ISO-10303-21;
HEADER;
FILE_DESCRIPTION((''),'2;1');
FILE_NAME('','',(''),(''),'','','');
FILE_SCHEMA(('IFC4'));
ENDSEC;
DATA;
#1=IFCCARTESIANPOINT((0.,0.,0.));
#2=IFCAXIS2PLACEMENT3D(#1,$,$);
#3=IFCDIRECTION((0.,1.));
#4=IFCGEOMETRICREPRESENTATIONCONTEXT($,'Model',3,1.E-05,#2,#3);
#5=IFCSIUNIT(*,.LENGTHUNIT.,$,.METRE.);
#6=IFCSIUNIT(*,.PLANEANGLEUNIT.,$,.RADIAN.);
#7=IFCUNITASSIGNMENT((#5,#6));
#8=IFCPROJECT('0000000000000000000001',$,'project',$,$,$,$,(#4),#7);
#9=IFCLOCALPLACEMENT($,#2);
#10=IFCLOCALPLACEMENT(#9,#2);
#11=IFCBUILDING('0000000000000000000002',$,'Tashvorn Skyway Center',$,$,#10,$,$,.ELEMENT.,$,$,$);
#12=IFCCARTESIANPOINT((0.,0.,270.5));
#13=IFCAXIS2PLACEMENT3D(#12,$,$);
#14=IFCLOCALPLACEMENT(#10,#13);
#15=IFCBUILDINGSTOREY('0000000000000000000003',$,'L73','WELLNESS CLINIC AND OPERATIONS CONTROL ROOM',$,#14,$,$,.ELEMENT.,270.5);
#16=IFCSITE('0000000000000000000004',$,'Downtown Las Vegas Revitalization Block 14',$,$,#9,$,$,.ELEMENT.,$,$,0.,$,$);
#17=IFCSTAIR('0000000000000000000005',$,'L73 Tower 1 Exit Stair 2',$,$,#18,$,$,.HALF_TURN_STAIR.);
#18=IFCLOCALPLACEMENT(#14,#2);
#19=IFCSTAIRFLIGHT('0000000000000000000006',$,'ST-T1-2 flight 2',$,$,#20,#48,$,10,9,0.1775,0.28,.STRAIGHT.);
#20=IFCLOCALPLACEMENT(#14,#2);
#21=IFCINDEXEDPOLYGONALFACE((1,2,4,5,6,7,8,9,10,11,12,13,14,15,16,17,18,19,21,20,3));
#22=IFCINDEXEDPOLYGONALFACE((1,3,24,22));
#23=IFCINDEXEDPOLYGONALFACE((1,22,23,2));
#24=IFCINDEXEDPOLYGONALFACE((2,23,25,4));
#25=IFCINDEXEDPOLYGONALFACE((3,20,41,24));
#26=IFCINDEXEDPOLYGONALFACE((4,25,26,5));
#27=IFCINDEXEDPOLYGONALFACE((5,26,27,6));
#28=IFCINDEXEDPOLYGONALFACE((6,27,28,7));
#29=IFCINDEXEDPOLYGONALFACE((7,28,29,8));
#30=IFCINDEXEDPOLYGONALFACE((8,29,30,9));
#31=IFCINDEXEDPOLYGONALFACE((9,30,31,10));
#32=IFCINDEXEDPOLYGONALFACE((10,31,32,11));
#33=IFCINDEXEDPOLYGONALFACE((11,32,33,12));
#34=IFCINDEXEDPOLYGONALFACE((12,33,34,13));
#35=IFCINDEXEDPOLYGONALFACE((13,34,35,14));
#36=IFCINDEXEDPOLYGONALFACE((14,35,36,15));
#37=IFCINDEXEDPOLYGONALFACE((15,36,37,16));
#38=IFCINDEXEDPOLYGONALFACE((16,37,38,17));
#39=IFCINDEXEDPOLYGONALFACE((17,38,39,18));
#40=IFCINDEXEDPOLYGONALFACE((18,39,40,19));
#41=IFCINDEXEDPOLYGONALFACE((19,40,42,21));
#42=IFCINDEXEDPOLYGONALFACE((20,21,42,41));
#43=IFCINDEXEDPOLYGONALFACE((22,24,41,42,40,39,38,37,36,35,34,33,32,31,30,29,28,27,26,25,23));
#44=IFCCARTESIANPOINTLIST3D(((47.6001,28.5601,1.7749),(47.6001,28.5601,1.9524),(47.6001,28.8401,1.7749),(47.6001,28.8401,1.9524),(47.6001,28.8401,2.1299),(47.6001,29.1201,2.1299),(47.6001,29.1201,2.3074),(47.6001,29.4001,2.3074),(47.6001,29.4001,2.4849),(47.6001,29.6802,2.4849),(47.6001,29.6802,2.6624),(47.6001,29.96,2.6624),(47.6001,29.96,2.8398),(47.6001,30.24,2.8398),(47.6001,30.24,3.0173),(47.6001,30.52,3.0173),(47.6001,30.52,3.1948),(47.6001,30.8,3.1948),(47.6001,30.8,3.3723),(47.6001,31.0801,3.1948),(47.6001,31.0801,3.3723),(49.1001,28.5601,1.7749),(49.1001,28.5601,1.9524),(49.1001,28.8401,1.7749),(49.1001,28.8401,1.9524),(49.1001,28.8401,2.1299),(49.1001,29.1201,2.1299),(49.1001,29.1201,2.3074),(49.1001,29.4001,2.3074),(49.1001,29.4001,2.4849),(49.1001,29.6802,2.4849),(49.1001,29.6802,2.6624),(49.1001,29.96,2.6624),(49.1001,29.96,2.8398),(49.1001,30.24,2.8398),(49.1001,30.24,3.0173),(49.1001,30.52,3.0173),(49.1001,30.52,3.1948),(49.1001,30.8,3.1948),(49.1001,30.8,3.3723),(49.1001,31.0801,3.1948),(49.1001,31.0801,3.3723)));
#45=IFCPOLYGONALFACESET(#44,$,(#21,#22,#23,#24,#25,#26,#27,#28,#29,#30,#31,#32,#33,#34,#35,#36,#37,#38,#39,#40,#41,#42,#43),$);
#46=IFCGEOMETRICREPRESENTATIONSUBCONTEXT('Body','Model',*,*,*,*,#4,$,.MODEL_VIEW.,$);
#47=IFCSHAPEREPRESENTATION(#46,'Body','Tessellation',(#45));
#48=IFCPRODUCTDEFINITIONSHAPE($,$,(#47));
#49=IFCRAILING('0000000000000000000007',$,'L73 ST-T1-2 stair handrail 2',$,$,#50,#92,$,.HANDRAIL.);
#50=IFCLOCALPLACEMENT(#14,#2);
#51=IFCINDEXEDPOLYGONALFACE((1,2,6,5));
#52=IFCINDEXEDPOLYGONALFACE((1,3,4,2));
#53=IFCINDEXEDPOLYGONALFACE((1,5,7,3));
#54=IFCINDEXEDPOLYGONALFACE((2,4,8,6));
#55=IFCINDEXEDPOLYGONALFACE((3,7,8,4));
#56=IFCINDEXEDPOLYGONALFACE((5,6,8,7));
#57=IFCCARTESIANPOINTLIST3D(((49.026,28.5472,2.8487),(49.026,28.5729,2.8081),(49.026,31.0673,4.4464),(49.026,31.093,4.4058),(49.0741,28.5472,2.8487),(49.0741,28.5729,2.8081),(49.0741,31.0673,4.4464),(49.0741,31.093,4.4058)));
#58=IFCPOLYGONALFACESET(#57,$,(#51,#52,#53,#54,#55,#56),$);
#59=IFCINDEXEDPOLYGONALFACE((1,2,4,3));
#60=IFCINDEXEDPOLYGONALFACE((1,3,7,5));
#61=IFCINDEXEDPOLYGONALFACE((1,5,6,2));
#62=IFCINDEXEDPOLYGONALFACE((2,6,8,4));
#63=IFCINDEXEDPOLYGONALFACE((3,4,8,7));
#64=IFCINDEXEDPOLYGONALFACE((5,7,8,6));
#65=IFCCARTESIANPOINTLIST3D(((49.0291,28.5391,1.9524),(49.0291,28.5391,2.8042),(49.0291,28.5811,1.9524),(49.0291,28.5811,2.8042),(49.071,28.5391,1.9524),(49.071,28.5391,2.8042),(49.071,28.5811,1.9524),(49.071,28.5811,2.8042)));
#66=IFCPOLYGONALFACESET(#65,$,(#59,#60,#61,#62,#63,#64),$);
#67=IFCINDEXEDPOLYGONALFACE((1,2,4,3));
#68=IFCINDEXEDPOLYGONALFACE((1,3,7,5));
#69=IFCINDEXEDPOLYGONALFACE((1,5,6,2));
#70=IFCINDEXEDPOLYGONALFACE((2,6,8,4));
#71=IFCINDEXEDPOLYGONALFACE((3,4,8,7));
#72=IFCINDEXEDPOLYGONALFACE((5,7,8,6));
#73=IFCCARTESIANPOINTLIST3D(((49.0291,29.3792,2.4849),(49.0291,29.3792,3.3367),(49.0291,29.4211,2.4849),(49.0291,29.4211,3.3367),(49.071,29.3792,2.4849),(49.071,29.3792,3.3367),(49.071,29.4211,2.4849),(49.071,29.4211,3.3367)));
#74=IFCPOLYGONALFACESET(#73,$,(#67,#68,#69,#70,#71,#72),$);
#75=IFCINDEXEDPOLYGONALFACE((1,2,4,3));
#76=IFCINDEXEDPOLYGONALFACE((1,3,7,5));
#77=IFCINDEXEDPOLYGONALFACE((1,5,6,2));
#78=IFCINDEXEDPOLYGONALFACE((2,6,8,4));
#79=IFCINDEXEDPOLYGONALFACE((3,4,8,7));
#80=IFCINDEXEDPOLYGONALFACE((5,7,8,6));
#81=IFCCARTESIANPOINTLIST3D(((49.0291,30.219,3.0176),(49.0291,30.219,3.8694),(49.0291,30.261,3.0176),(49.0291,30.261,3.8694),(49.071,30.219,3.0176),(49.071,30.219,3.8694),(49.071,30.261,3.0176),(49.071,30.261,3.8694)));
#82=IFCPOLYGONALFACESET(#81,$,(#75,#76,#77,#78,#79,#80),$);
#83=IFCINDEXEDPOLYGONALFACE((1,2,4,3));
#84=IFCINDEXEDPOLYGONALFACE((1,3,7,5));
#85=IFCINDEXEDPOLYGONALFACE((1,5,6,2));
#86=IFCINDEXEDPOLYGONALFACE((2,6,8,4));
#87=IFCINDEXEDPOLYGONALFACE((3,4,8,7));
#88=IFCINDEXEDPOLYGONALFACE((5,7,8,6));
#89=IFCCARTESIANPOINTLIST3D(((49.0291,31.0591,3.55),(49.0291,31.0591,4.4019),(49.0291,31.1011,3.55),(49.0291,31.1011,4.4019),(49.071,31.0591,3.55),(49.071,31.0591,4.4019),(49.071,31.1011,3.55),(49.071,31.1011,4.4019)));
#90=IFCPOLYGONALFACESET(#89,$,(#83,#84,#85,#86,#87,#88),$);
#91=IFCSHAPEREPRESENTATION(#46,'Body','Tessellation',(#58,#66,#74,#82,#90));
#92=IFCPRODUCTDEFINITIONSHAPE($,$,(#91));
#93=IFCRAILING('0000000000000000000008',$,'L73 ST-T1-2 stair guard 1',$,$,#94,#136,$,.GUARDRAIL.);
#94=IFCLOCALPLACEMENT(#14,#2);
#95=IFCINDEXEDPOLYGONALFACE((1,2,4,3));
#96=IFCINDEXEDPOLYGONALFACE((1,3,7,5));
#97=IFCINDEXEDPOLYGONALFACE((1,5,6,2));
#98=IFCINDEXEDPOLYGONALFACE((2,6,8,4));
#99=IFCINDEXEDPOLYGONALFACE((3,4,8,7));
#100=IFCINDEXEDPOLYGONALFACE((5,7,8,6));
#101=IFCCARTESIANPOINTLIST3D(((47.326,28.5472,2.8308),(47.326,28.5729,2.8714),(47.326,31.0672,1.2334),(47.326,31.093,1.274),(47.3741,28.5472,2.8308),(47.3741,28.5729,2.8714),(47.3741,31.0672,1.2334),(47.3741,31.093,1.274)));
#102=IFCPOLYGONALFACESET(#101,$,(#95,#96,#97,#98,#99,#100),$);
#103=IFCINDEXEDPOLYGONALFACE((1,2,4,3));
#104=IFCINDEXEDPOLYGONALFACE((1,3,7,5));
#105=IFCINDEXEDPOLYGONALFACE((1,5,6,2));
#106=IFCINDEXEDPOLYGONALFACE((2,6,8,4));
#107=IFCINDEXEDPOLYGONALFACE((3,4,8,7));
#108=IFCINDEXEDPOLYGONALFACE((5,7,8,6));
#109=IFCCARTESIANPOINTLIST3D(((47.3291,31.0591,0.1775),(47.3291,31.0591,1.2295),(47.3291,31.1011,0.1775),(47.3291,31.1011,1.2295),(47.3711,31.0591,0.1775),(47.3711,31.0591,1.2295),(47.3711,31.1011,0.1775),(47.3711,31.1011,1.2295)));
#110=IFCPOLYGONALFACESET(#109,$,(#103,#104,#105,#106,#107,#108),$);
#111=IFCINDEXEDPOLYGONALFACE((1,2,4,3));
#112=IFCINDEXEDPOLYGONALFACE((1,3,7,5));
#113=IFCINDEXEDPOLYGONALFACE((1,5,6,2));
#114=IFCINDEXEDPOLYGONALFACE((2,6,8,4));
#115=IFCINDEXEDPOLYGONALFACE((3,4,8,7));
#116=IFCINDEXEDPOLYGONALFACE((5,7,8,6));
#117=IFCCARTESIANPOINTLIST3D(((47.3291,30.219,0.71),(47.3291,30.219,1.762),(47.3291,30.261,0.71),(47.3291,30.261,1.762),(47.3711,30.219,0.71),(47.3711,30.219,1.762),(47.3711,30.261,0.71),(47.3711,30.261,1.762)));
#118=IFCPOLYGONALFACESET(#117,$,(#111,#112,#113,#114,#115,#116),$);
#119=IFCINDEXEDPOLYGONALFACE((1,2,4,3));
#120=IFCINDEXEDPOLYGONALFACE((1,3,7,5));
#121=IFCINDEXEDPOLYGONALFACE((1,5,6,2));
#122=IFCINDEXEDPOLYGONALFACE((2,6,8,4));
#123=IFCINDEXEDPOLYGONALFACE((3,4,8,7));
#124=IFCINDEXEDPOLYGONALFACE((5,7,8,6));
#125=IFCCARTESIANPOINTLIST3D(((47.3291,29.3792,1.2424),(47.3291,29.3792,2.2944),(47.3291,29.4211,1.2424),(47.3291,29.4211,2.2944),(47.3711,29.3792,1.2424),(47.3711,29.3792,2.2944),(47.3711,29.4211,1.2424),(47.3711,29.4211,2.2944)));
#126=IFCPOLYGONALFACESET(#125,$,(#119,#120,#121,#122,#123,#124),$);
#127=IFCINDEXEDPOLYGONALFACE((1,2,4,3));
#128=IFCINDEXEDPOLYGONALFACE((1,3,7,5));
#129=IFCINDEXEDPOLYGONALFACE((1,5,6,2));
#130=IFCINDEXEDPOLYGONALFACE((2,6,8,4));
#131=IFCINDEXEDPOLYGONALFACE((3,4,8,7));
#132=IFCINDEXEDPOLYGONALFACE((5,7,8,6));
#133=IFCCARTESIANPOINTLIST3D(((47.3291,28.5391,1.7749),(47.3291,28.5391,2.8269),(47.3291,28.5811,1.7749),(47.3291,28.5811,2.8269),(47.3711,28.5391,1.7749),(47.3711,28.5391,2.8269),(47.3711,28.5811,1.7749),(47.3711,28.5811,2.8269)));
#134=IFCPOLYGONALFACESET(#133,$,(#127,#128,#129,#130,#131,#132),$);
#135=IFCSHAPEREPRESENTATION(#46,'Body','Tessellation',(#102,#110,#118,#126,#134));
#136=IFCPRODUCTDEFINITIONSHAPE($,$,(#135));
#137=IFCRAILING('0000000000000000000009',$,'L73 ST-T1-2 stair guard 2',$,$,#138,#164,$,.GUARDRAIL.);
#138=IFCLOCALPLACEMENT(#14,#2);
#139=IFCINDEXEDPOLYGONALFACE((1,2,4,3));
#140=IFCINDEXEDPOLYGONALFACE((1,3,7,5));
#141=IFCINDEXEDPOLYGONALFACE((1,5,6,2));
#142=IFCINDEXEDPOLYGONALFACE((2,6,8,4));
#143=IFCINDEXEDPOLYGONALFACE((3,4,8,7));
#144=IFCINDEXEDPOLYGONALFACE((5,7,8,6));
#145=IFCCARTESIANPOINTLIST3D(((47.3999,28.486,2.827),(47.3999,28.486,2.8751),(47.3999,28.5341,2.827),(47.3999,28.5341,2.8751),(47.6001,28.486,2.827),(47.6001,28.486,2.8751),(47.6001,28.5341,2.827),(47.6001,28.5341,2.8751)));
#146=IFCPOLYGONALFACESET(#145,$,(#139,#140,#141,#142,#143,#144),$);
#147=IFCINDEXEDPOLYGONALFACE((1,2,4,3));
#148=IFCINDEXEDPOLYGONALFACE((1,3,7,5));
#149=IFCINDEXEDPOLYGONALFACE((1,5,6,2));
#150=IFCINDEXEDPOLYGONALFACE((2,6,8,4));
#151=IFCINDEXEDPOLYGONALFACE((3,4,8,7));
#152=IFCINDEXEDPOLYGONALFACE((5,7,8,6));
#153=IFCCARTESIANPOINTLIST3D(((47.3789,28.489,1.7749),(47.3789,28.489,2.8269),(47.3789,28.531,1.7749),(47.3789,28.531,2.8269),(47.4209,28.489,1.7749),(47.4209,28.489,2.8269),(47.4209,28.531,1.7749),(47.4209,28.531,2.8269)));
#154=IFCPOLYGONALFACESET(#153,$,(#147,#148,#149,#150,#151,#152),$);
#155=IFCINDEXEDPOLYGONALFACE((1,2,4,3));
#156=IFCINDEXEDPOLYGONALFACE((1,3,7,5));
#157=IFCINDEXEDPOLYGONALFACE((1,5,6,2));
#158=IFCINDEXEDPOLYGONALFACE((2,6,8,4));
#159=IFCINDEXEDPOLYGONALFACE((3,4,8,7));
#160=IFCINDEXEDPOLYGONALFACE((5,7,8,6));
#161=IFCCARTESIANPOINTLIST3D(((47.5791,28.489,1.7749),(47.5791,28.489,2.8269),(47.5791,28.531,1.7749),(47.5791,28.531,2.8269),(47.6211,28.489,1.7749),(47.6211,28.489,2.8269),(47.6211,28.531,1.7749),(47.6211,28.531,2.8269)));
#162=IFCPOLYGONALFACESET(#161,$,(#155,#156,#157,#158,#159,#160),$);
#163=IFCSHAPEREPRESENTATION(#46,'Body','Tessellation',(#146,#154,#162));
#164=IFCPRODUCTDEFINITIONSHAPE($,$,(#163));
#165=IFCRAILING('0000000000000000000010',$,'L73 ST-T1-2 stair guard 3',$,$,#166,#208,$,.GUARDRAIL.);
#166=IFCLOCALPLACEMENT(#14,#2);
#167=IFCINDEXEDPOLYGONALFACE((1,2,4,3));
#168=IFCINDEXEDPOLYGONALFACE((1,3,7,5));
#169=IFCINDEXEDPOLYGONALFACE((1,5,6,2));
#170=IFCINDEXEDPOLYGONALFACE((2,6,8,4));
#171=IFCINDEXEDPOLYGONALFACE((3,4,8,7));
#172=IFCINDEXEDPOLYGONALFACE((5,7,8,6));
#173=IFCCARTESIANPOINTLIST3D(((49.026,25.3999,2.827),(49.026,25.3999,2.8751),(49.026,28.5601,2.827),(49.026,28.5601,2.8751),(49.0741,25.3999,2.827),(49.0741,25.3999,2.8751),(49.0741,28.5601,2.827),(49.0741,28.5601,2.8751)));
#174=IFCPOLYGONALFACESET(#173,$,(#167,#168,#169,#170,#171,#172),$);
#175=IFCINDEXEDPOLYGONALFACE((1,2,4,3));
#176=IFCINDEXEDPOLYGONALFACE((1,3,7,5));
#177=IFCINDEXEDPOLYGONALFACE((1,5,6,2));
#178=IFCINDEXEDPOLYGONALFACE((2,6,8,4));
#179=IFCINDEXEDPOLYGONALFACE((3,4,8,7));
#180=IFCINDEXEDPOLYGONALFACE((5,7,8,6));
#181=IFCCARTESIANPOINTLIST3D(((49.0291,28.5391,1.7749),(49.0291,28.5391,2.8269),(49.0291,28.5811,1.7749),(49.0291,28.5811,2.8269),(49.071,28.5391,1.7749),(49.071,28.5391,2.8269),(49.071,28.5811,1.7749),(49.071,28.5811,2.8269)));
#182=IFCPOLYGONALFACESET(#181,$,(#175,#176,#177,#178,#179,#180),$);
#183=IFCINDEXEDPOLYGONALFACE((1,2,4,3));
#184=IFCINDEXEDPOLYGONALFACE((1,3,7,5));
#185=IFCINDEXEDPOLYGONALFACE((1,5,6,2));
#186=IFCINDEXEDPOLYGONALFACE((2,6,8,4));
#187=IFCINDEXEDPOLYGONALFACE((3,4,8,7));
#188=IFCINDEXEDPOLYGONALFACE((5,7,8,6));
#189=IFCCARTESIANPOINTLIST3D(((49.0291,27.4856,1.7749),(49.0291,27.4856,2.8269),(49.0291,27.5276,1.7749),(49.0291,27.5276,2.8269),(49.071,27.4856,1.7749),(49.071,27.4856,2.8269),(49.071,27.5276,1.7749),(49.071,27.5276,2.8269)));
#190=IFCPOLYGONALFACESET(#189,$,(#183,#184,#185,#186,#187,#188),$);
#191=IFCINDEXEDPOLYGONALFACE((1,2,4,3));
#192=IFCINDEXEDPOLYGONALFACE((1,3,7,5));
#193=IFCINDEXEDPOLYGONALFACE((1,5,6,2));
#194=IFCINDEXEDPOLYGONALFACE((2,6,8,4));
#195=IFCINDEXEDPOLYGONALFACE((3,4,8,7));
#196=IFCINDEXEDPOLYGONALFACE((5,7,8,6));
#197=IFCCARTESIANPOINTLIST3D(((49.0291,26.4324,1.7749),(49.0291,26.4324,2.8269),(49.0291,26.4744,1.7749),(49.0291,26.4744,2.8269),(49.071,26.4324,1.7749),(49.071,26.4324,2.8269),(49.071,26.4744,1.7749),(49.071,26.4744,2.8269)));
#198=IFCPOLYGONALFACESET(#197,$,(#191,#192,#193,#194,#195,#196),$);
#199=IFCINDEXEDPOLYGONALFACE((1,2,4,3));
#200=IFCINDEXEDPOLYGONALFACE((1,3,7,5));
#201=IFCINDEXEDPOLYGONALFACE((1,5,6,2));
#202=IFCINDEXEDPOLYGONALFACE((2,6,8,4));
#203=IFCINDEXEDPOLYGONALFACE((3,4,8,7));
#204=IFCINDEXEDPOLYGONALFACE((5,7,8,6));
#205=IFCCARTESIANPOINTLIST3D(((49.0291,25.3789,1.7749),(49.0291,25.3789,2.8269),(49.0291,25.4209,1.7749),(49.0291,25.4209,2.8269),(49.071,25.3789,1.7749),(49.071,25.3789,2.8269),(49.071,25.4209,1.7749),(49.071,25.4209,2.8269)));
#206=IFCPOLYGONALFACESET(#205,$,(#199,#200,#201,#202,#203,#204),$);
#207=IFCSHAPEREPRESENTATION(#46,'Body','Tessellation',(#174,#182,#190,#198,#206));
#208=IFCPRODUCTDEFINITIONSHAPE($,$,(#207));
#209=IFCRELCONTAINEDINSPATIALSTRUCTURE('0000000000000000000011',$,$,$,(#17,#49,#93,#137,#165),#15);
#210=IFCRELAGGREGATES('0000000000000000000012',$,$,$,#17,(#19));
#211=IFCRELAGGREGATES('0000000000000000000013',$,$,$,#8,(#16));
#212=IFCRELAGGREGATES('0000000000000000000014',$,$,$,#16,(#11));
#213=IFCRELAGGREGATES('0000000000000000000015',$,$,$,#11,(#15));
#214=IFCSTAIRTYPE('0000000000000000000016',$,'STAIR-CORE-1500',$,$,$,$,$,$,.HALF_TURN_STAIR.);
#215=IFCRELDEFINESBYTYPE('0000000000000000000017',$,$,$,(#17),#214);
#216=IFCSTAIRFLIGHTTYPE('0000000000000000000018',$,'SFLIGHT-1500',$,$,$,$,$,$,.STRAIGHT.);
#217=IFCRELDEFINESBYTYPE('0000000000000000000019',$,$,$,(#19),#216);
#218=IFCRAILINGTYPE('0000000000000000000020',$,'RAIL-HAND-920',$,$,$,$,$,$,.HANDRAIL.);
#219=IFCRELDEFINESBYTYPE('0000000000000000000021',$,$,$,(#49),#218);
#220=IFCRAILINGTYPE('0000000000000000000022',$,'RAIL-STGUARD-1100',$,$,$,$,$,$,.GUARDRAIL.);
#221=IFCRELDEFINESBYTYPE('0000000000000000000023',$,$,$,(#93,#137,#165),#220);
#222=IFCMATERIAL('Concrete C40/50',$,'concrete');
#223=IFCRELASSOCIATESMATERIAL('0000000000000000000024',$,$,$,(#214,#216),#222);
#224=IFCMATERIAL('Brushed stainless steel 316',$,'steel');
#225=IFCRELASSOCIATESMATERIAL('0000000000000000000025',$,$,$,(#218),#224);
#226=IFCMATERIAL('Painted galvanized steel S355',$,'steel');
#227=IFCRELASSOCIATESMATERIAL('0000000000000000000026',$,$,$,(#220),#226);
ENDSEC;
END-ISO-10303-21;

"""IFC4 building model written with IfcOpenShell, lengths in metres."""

from ifc_helpers import new_model, si_unit, direction, frame, origin, origin_2d, place, context, subcontext, project, spatial, polyline, rectangle, outline, extrude, material, type_object, element, aggregate, save


model = new_model("IFC4")

# Units and contexts
model_context = context("Model", 3, precision=1e-05, world=origin(), true_north=direction((0.0, 1.0)))
body_context = subcontext(model_context, "Body", "Model", "MODEL_VIEW")
ifc_project = project(units=[si_unit("LENGTHUNIT", "METRE"), si_unit("PLANEANGLEUNIT", "RADIAN")], contexts=[model_context])

# Site, building, storey
site_placement = place(None, origin())
site = spatial("IfcSite", under=ifc_project, at=site_placement, Name="Downtown Las Vegas Revitalization Block 14", CompositionType="ELEMENT", RefElevation=0.0)
building_placement = place(site_placement, origin())
building = spatial("IfcBuilding", under=site, at=building_placement, Name="Tashvorn Skyway Center", CompositionType="ELEMENT")
storey_placement = place(building_placement, frame((0.0, 0.0, 270.5)))
storey = spatial("IfcBuildingStorey", under=building, at=storey_placement, Name="L73", Description="WELLNESS CLINIC AND OPERATIONS CONTROL ROOM", CompositionType="ELEMENT", Elevation=270.5)

# Stair, stair flight
ifc_material_1 = material(Name="Concrete C40/50", Category="concrete")
stair_type = type_object("IfcStairType", Name="STAIR-CORE-1500", PredefinedType="HALF_TURN_STAIR", material=ifc_material_1)
stair_placement = place(storey_placement, origin())
stair = element("IfcStair", 1, at=stair_placement, inside=storey, type_object=stair_type, Name="L73 Tower 1 Exit Stair 2", PredefinedType="HALF_TURN_STAIR")
stair_flight_type = type_object("IfcStairFlightType", Name="SFLIGHT-1500", PredefinedType="STRAIGHT", material=ifc_material_1)
stair_flight_1_placement = place(storey_placement, frame((48.3501, 28.5601, 1.7749), z_axis=(0.0, 0.0, 1.0), x_axis=(0.0, 1.0, 0.0)))
stair_flight_1 = element("IfcStairFlight", 2, at=stair_flight_1_placement, type_object=stair_flight_type, Name="ST-T1-2 flight 2", NumberOfRisers=10, NumberOfTreads=9, PredefinedType="STRAIGHT", RiserHeight=0.1775, TreadLength=0.28, context=body_context, shape_type="SweptSolid", body=[
    extrude(outline(polyline([(0.0, 0.0), (0.0, 0.1775), (0.28, 0.1775), (0.28, 0.355), (0.5601, 0.355), (0.5601, 0.5325), (0.8401, 0.5325), (0.8401, 0.71), (1.1201, 0.71), (1.1201, 0.8875), (1.3999, 0.8875), (1.3999, 1.0649), (1.6799, 1.0649), (1.6799, 1.2424), (1.96, 1.2424), (1.96, 1.4199), (2.24, 1.4199), (2.24, 1.5974), (2.52, 1.5974), (2.52, 1.7749), (2.52, 1.4199), (0.28, 0.0), (0.0, 0.0)])), frame((0.0, 0.75, 0.0), z_axis=(0.0, -1.0, 0.0), x_axis=(1.0, 0.0, 0.0)), (0.0, 0.0, 1.0), 1.5),
])
aggregate(stair, [stair_flight_1])

# Railings
ifc_material_2 = material(Name="Brushed stainless steel 316", Category="steel")
railing_type_1 = type_object("IfcRailingType", Name="RAIL-HAND-920", PredefinedType="HANDRAIL", material=ifc_material_2)
railing_1_placement = place(storey_placement, frame((49.05, 28.5601, 1.9524)))
element("IfcRailing", 3, at=railing_1_placement, inside=storey, type_object=railing_type_1, Name="L73 ST-T1-2 stair handrail 2", PredefinedType="HANDRAIL", context=body_context, shape_type="SweptSolid", body=[
    extrude(rectangle(XDim=0.0481, YDim=0.0481, at=origin_2d()), frame((0.0, 0.0, 0.876), z_axis=(0.0, 0.84457, 0.535445), x_axis=(-1.0, 0.0, 0.0)), (0.0, 0.0, 1.0), 2.9839),
    extrude(rectangle(XDim=0.042, YDim=0.042, at=origin_2d()), origin(), (0.0, 0.0, 1.0), 0.8518),
    extrude(rectangle(XDim=0.042, YDim=0.042, at=origin_2d()), frame((0.0, 0.8401, 0.5325)), (0.0, 0.0, 1.0), 0.8518),
    extrude(rectangle(XDim=0.042, YDim=0.042, at=origin_2d()), frame((0.0, 1.6799, 1.0652)), (0.0, 0.0, 1.0), 0.8518),
    extrude(rectangle(XDim=0.042, YDim=0.042, at=origin_2d()), frame((0.0, 2.52, 1.5977)), (0.0, 0.0, 1.0), 0.8518),
])
ifc_material_3 = material(Name="Painted galvanized steel S355", Category="steel")
railing_type_2 = type_object("IfcRailingType", Name="RAIL-STGUARD-1100", PredefinedType="GUARDRAIL", material=ifc_material_3)
railing_2_placement = place(storey_placement, frame((47.3501, 31.0801, 0.1775)))
element("IfcRailing", 4, at=railing_2_placement, inside=storey, type_object=railing_type_2, Name="L73 ST-T1-2 stair guard 1", PredefinedType="GUARDRAIL", context=body_context, shape_type="SweptSolid", body=[
    extrude(rectangle(XDim=0.0481, YDim=0.0481, at=origin_2d()), frame((0.0, 0.0, 1.0762), z_axis=(0.0, -0.844607, 0.535387), x_axis=(1.0, 0.0, 0.0)), (0.0, 0.0, 1.0), 2.9836),
    extrude(rectangle(XDim=0.042, YDim=0.042, at=origin_2d()), origin(), (0.0, 0.0, 1.0), 1.052),
    extrude(rectangle(XDim=0.042, YDim=0.042, at=origin_2d()), frame((0.0, -0.8401, 0.5325)), (0.0, 0.0, 1.0), 1.052),
    extrude(rectangle(XDim=0.042, YDim=0.042, at=origin_2d()), frame((0.0, -1.6799, 1.0649)), (0.0, 0.0, 1.0), 1.052),
    extrude(rectangle(XDim=0.042, YDim=0.042, at=origin_2d()), frame((0.0, -2.52, 1.5974)), (0.0, 0.0, 1.0), 1.052),
])
railing_3_placement = place(storey_placement, frame((47.3999, 28.51, 1.7749)))
element("IfcRailing", 5, at=railing_3_placement, inside=storey, type_object=railing_type_2, Name="L73 ST-T1-2 stair guard 2", PredefinedType="GUARDRAIL", context=body_context, shape_type="SweptSolid", body=[
    extrude(rectangle(XDim=0.0481, YDim=0.0481, at=origin_2d()), frame((0.0, 0.0, 1.0762), z_axis=(1.0, 0.0, 0.0), x_axis=(0.0, 1.0, 0.0)), (0.0, 0.0, 1.0), 0.2002),
    extrude(rectangle(XDim=0.042, YDim=0.042, at=origin_2d()), origin(), (0.0, 0.0, 1.0), 1.052),
    extrude(rectangle(XDim=0.042, YDim=0.042, at=origin_2d()), frame((0.2002, 0.0, 0.0)), (0.0, 0.0, 1.0), 1.052),
])
railing_4_placement = place(storey_placement, frame((49.05, 28.5601, 1.7749)))
element("IfcRailing", 6, at=railing_4_placement, inside=storey, type_object=railing_type_2, Name="L73 ST-T1-2 stair guard 3", PredefinedType="GUARDRAIL", context=body_context, shape_type="SweptSolid", body=[
    extrude(rectangle(XDim=0.0481, YDim=0.0481, at=origin_2d()), frame((0.0, 0.0, 1.0762), z_axis=(0.0, -1.0, 0.0), x_axis=(1.0, 0.0, 0.0)), (0.0, 0.0, 1.0), 3.1602),
    extrude(rectangle(XDim=0.042, YDim=0.042, at=origin_2d()), origin(), (0.0, 0.0, 1.0), 1.052),
    extrude(rectangle(XDim=0.042, YDim=0.042, at=origin_2d()), frame((0.0, -1.0535, 0.0)), (0.0, 0.0, 1.0), 1.052),
    extrude(rectangle(XDim=0.042, YDim=0.042, at=origin_2d()), frame((0.0, -2.1067, 0.0)), (0.0, 0.0, 1.0), 1.052),
    extrude(rectangle(XDim=0.042, YDim=0.042, at=origin_2d()), frame((0.0, -3.1602, 0.0)), (0.0, 0.0, 1.0), 1.052),
])

save(model, "model.ifc")
